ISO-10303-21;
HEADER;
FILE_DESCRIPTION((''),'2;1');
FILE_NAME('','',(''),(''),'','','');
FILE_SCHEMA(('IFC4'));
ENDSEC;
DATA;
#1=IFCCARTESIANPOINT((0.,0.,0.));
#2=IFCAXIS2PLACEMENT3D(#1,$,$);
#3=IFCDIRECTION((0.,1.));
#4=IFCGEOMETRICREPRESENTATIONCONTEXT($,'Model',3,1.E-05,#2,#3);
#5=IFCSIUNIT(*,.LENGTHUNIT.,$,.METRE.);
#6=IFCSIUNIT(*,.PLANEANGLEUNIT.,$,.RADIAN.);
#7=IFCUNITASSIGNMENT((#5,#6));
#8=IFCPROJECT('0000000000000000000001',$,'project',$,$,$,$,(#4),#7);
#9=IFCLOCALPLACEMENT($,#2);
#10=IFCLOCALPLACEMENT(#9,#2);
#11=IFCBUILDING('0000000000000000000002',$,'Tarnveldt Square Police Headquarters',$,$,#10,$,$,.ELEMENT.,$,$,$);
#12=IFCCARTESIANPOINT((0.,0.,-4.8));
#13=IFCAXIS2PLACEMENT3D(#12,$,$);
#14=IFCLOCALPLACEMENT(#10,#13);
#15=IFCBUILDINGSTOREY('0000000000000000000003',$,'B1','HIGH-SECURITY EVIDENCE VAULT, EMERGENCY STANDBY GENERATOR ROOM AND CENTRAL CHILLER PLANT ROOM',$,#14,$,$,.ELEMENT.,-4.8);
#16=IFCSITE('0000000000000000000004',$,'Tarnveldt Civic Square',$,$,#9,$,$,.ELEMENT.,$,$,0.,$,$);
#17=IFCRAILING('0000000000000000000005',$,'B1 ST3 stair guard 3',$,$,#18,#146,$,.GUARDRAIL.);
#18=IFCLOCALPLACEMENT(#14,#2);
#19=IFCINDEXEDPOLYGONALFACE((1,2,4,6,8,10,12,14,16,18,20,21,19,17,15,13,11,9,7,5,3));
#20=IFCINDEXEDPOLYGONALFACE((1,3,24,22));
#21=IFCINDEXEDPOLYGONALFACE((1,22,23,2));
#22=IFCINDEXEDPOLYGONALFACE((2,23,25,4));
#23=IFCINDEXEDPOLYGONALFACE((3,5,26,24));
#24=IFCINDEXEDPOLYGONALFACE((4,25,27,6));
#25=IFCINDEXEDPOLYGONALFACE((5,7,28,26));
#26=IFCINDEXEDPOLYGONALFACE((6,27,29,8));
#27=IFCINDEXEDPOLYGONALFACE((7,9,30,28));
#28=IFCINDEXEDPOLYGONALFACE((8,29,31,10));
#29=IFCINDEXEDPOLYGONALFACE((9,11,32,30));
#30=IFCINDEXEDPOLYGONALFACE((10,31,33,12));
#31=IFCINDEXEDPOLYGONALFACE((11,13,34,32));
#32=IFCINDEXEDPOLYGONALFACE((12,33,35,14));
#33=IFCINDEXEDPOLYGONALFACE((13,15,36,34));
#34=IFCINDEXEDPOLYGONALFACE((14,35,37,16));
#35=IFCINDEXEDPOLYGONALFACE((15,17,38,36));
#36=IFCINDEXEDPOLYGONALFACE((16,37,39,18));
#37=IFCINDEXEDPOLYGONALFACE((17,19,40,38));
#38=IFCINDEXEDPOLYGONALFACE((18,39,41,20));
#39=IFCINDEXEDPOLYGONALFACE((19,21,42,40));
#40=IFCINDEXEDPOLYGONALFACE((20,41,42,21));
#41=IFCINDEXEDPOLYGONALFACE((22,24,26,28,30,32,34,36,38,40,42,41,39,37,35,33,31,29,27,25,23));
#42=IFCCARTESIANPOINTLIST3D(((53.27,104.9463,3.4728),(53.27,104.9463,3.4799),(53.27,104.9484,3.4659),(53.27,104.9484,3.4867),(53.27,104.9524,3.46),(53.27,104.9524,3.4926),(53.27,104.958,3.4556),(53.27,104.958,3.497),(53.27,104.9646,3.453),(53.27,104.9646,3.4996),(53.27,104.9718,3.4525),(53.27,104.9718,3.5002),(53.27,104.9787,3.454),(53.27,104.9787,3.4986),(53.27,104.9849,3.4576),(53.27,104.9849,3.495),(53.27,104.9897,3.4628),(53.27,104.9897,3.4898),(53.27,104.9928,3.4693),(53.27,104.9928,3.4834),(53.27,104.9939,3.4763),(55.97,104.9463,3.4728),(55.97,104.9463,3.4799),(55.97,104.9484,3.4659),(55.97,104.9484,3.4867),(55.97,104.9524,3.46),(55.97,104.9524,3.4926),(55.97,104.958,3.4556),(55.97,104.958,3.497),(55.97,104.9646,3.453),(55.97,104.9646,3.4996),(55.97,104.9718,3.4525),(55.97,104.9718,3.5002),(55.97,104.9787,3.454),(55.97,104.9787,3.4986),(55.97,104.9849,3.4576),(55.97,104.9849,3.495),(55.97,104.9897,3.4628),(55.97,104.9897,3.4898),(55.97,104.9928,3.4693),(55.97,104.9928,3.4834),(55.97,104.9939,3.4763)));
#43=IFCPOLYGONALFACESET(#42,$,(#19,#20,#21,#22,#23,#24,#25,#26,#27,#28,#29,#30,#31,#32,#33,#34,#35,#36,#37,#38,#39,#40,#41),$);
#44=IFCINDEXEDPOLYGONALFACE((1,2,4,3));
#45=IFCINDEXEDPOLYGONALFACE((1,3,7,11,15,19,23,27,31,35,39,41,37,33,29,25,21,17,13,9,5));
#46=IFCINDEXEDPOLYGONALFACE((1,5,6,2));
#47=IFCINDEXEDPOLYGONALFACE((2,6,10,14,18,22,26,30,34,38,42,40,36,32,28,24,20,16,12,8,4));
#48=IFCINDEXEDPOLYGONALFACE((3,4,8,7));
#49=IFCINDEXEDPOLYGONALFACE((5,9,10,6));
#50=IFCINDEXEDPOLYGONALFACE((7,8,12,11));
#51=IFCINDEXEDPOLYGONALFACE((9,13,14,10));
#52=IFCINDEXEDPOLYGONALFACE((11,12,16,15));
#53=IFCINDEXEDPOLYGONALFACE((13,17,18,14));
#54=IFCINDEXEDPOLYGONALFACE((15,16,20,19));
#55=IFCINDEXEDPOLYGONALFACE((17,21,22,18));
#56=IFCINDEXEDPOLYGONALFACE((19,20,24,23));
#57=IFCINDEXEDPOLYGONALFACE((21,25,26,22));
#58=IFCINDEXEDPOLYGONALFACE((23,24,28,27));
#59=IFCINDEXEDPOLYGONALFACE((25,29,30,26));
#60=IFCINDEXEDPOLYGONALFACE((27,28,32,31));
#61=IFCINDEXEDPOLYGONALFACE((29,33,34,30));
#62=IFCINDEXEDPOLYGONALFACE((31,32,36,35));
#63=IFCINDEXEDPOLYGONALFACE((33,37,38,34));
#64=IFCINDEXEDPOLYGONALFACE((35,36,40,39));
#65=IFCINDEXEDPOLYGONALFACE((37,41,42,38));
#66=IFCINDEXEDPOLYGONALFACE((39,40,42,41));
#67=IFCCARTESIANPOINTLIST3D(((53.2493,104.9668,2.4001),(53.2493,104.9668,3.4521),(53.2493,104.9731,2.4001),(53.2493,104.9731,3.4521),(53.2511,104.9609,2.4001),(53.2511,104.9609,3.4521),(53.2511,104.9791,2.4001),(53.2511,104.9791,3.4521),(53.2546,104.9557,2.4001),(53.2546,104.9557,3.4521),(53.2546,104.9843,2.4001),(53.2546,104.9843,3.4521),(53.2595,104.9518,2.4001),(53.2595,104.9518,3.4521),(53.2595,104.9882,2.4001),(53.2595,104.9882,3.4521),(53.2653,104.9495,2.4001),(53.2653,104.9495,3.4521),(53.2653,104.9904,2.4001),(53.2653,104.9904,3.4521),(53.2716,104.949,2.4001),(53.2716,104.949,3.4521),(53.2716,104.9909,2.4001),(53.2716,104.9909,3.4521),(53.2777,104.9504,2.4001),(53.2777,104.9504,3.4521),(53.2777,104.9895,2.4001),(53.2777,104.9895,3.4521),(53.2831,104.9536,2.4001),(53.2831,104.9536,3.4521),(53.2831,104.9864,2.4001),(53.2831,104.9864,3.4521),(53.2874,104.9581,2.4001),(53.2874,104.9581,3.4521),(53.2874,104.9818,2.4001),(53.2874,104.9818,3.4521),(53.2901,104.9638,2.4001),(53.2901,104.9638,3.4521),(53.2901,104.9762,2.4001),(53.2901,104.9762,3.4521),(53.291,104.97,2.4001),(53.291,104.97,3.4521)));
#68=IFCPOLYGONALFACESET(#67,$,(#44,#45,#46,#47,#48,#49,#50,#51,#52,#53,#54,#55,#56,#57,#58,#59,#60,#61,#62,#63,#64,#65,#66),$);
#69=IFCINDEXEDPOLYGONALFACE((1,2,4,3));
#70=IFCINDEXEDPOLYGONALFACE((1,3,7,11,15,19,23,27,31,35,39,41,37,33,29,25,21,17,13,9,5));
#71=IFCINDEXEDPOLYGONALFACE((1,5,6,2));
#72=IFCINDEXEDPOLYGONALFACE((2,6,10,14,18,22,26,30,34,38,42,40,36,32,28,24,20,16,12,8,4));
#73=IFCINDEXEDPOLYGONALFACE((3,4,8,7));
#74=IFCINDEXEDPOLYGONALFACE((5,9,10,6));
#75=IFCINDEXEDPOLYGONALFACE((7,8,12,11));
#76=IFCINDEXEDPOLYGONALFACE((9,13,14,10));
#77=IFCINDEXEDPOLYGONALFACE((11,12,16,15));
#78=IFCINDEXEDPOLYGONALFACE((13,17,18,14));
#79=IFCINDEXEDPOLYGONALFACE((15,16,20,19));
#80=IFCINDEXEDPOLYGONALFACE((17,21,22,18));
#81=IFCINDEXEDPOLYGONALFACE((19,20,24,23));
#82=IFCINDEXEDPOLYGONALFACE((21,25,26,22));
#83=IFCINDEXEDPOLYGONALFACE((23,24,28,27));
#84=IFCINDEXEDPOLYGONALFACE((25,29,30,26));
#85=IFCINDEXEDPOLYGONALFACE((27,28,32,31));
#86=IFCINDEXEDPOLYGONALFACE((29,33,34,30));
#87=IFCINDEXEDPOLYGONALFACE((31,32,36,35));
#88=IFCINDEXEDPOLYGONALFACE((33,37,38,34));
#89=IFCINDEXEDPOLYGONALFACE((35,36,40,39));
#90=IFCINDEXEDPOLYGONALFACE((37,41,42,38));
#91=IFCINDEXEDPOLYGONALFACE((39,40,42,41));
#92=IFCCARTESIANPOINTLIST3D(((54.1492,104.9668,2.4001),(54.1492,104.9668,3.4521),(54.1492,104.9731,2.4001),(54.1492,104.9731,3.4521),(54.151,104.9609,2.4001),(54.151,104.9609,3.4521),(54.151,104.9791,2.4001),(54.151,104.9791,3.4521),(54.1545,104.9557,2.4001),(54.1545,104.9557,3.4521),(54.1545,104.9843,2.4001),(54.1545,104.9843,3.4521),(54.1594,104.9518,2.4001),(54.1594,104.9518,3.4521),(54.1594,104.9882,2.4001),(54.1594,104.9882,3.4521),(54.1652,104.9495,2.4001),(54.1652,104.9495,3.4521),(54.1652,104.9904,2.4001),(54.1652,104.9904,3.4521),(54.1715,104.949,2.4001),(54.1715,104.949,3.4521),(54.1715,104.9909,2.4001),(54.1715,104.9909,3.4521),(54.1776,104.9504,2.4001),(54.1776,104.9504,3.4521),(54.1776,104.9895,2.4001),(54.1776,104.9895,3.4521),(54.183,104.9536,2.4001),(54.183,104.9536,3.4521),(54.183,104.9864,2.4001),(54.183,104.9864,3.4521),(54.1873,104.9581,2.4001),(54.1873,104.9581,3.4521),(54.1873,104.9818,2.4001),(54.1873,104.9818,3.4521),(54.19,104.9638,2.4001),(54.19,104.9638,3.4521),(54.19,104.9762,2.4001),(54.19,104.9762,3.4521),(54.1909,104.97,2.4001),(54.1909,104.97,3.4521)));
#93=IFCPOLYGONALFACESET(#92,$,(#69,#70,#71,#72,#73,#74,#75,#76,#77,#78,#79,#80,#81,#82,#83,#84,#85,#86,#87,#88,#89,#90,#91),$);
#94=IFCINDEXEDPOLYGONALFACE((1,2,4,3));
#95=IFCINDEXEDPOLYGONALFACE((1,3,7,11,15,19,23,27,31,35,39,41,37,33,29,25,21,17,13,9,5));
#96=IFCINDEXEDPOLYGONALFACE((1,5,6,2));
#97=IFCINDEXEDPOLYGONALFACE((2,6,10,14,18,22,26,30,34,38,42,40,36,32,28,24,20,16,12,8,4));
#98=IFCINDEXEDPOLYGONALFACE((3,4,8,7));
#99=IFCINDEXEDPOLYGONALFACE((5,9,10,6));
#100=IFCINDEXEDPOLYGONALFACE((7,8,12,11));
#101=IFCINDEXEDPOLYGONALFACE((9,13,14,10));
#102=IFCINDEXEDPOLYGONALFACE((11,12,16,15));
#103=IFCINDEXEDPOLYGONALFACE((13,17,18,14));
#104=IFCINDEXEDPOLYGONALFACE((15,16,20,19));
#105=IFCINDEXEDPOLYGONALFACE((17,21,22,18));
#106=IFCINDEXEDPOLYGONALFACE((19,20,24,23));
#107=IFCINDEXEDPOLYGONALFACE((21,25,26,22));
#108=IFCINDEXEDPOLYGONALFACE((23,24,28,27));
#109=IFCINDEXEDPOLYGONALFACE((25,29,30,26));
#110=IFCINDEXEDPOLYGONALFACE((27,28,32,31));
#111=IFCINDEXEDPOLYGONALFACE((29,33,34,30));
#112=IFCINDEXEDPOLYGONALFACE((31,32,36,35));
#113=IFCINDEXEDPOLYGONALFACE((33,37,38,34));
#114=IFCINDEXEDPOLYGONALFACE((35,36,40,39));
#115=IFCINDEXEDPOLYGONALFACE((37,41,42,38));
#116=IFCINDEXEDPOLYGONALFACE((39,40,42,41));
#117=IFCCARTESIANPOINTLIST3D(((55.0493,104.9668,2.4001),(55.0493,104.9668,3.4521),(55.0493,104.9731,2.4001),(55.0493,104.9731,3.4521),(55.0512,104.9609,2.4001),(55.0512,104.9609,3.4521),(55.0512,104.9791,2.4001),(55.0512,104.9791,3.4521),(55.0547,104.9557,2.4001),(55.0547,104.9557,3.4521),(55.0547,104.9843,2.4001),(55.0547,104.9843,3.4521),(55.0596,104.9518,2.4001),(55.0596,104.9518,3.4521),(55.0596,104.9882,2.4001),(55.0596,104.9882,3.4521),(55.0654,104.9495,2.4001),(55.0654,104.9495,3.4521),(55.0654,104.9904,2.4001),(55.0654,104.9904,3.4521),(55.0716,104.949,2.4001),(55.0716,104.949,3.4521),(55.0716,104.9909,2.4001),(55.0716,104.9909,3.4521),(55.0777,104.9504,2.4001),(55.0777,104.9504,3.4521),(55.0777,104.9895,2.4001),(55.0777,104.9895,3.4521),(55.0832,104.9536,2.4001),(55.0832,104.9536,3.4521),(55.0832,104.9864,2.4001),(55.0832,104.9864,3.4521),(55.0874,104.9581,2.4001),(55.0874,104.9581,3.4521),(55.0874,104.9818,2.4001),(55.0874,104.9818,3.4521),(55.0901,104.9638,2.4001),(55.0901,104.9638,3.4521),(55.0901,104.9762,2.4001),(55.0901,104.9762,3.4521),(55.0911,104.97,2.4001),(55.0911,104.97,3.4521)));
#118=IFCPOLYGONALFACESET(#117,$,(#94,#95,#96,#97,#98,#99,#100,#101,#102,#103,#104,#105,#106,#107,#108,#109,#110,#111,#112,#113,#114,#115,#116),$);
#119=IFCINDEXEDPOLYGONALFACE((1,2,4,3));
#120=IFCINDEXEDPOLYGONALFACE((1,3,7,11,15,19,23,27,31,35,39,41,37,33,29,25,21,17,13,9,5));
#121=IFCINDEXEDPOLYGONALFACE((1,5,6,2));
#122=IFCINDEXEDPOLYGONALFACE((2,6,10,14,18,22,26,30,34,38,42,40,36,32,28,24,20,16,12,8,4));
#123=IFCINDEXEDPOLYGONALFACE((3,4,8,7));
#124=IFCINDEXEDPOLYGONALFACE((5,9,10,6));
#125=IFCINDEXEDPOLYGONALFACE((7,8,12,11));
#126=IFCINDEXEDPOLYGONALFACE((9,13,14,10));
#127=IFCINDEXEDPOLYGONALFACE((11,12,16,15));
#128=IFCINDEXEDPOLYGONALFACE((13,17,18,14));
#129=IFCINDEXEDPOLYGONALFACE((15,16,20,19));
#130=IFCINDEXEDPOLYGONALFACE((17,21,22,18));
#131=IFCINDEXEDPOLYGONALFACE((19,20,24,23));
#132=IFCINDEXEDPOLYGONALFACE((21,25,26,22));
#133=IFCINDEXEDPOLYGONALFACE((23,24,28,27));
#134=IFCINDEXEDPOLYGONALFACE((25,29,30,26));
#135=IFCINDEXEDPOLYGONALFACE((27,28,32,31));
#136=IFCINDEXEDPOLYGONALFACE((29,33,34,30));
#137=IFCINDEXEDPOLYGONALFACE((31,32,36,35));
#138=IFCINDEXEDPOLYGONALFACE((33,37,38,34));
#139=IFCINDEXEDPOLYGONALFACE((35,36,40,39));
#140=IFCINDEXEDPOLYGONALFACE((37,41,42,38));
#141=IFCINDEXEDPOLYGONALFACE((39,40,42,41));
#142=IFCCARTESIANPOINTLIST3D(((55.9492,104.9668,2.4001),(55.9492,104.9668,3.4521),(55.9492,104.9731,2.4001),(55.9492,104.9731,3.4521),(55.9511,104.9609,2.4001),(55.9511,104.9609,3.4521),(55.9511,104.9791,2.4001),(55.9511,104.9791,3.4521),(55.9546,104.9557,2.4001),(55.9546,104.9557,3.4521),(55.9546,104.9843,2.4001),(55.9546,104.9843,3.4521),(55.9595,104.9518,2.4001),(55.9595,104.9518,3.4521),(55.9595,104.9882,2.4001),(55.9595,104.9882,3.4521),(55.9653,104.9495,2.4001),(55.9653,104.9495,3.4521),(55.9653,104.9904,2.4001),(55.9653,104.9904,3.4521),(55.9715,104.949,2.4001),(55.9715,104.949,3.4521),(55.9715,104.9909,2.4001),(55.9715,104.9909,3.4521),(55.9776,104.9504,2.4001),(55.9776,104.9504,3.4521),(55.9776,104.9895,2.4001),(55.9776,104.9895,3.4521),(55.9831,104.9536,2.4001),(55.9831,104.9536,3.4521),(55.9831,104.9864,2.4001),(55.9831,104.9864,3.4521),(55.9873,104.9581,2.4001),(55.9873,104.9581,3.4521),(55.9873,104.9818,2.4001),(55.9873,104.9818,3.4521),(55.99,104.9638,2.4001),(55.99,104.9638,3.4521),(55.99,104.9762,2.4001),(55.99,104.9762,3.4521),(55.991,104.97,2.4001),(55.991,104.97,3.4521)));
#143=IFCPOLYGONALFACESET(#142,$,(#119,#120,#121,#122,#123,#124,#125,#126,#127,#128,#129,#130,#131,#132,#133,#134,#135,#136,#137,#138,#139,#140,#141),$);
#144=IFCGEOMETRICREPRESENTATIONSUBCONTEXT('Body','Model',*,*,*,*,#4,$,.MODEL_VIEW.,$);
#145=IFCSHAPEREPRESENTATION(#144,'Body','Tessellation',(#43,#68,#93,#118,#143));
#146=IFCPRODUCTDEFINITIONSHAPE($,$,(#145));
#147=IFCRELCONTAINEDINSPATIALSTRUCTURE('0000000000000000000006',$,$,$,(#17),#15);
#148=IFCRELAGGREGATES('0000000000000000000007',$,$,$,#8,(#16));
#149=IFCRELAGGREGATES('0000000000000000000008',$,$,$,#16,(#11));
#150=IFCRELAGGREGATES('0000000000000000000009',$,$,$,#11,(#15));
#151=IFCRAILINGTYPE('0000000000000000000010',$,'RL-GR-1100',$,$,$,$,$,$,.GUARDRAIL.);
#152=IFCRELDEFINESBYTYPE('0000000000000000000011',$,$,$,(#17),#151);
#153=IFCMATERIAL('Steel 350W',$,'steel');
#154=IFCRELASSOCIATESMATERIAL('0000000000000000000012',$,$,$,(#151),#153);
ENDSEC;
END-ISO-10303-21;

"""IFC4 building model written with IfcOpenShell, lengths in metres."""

from ifc_helpers import new_model, si_unit, direction, frame, origin, origin_2d, place, context, subcontext, project, spatial, circle, extrude, material, type_object, element, save


model = new_model("IFC4")

# Units and contexts
model_context = context("Model", 3, precision=1e-05, world=origin(), true_north=direction((0.0, 1.0)))
body_context = subcontext(model_context, "Body", "Model", "MODEL_VIEW")
ifc_project = project(units=[si_unit("LENGTHUNIT", "METRE"), si_unit("PLANEANGLEUNIT", "RADIAN")], contexts=[model_context])

# Site, building, storey
site_placement = place(None, origin())
site = spatial("IfcSite", under=ifc_project, at=site_placement, Name="Tarnveldt Civic Square", CompositionType="ELEMENT", RefElevation=0.0)
building_placement = place(site_placement, origin())
building = spatial("IfcBuilding", under=site, at=building_placement, Name="Tarnveldt Square Police Headquarters", CompositionType="ELEMENT")
storey_placement = place(building_placement, frame((0.0, 0.0, -4.8)))
storey = spatial("IfcBuildingStorey", under=building, at=storey_placement, Name="B1", Description="HIGH-SECURITY EVIDENCE VAULT, EMERGENCY STANDBY GENERATOR ROOM AND CENTRAL CHILLER PLANT ROOM", CompositionType="ELEMENT", Elevation=-4.8)

# Railing
ifc_material_1 = material(Name="Steel 350W", Category="steel")
railing_type_1 = type_object("IfcRailingType", Name="RL-GR-1100", PredefinedType="GUARDRAIL", material=ifc_material_1)
railing_1_placement = place(storey_placement, frame((53.27, 104.97, 2.4001)))
element("IfcRailing", 1, at=railing_1_placement, inside=storey, type_object=railing_type_1, Name="B1 ST3 stair guard 3", PredefinedType="GUARDRAIL", context=body_context, shape_type="SweptSolid", body=[
    extrude(circle(Radius=0.0239, at=origin_2d()), frame((0.0, 0.0, 1.0762), z_axis=(1.0, 0.0, 0.0), x_axis=(0.0, 1.0, 0.0)), (0.0, 0.0, 1.0), 2.7),
    extrude(circle(Radius=0.021, at=origin_2d()), origin(), (0.0, 0.0, 1.0), 1.052),
    extrude(circle(Radius=0.021, at=origin_2d()), frame((0.8999, 0.0, 0.0)), (0.0, 0.0, 1.0), 1.052),
    extrude(circle(Radius=0.021, at=origin_2d()), frame((1.8, 0.0, 0.0)), (0.0, 0.0, 1.0), 1.052),
    extrude(circle(Radius=0.021, at=origin_2d()), frame((2.7, 0.0, 0.0)), (0.0, 0.0, 1.0), 1.052),
])

save(model, "model.ifc")
